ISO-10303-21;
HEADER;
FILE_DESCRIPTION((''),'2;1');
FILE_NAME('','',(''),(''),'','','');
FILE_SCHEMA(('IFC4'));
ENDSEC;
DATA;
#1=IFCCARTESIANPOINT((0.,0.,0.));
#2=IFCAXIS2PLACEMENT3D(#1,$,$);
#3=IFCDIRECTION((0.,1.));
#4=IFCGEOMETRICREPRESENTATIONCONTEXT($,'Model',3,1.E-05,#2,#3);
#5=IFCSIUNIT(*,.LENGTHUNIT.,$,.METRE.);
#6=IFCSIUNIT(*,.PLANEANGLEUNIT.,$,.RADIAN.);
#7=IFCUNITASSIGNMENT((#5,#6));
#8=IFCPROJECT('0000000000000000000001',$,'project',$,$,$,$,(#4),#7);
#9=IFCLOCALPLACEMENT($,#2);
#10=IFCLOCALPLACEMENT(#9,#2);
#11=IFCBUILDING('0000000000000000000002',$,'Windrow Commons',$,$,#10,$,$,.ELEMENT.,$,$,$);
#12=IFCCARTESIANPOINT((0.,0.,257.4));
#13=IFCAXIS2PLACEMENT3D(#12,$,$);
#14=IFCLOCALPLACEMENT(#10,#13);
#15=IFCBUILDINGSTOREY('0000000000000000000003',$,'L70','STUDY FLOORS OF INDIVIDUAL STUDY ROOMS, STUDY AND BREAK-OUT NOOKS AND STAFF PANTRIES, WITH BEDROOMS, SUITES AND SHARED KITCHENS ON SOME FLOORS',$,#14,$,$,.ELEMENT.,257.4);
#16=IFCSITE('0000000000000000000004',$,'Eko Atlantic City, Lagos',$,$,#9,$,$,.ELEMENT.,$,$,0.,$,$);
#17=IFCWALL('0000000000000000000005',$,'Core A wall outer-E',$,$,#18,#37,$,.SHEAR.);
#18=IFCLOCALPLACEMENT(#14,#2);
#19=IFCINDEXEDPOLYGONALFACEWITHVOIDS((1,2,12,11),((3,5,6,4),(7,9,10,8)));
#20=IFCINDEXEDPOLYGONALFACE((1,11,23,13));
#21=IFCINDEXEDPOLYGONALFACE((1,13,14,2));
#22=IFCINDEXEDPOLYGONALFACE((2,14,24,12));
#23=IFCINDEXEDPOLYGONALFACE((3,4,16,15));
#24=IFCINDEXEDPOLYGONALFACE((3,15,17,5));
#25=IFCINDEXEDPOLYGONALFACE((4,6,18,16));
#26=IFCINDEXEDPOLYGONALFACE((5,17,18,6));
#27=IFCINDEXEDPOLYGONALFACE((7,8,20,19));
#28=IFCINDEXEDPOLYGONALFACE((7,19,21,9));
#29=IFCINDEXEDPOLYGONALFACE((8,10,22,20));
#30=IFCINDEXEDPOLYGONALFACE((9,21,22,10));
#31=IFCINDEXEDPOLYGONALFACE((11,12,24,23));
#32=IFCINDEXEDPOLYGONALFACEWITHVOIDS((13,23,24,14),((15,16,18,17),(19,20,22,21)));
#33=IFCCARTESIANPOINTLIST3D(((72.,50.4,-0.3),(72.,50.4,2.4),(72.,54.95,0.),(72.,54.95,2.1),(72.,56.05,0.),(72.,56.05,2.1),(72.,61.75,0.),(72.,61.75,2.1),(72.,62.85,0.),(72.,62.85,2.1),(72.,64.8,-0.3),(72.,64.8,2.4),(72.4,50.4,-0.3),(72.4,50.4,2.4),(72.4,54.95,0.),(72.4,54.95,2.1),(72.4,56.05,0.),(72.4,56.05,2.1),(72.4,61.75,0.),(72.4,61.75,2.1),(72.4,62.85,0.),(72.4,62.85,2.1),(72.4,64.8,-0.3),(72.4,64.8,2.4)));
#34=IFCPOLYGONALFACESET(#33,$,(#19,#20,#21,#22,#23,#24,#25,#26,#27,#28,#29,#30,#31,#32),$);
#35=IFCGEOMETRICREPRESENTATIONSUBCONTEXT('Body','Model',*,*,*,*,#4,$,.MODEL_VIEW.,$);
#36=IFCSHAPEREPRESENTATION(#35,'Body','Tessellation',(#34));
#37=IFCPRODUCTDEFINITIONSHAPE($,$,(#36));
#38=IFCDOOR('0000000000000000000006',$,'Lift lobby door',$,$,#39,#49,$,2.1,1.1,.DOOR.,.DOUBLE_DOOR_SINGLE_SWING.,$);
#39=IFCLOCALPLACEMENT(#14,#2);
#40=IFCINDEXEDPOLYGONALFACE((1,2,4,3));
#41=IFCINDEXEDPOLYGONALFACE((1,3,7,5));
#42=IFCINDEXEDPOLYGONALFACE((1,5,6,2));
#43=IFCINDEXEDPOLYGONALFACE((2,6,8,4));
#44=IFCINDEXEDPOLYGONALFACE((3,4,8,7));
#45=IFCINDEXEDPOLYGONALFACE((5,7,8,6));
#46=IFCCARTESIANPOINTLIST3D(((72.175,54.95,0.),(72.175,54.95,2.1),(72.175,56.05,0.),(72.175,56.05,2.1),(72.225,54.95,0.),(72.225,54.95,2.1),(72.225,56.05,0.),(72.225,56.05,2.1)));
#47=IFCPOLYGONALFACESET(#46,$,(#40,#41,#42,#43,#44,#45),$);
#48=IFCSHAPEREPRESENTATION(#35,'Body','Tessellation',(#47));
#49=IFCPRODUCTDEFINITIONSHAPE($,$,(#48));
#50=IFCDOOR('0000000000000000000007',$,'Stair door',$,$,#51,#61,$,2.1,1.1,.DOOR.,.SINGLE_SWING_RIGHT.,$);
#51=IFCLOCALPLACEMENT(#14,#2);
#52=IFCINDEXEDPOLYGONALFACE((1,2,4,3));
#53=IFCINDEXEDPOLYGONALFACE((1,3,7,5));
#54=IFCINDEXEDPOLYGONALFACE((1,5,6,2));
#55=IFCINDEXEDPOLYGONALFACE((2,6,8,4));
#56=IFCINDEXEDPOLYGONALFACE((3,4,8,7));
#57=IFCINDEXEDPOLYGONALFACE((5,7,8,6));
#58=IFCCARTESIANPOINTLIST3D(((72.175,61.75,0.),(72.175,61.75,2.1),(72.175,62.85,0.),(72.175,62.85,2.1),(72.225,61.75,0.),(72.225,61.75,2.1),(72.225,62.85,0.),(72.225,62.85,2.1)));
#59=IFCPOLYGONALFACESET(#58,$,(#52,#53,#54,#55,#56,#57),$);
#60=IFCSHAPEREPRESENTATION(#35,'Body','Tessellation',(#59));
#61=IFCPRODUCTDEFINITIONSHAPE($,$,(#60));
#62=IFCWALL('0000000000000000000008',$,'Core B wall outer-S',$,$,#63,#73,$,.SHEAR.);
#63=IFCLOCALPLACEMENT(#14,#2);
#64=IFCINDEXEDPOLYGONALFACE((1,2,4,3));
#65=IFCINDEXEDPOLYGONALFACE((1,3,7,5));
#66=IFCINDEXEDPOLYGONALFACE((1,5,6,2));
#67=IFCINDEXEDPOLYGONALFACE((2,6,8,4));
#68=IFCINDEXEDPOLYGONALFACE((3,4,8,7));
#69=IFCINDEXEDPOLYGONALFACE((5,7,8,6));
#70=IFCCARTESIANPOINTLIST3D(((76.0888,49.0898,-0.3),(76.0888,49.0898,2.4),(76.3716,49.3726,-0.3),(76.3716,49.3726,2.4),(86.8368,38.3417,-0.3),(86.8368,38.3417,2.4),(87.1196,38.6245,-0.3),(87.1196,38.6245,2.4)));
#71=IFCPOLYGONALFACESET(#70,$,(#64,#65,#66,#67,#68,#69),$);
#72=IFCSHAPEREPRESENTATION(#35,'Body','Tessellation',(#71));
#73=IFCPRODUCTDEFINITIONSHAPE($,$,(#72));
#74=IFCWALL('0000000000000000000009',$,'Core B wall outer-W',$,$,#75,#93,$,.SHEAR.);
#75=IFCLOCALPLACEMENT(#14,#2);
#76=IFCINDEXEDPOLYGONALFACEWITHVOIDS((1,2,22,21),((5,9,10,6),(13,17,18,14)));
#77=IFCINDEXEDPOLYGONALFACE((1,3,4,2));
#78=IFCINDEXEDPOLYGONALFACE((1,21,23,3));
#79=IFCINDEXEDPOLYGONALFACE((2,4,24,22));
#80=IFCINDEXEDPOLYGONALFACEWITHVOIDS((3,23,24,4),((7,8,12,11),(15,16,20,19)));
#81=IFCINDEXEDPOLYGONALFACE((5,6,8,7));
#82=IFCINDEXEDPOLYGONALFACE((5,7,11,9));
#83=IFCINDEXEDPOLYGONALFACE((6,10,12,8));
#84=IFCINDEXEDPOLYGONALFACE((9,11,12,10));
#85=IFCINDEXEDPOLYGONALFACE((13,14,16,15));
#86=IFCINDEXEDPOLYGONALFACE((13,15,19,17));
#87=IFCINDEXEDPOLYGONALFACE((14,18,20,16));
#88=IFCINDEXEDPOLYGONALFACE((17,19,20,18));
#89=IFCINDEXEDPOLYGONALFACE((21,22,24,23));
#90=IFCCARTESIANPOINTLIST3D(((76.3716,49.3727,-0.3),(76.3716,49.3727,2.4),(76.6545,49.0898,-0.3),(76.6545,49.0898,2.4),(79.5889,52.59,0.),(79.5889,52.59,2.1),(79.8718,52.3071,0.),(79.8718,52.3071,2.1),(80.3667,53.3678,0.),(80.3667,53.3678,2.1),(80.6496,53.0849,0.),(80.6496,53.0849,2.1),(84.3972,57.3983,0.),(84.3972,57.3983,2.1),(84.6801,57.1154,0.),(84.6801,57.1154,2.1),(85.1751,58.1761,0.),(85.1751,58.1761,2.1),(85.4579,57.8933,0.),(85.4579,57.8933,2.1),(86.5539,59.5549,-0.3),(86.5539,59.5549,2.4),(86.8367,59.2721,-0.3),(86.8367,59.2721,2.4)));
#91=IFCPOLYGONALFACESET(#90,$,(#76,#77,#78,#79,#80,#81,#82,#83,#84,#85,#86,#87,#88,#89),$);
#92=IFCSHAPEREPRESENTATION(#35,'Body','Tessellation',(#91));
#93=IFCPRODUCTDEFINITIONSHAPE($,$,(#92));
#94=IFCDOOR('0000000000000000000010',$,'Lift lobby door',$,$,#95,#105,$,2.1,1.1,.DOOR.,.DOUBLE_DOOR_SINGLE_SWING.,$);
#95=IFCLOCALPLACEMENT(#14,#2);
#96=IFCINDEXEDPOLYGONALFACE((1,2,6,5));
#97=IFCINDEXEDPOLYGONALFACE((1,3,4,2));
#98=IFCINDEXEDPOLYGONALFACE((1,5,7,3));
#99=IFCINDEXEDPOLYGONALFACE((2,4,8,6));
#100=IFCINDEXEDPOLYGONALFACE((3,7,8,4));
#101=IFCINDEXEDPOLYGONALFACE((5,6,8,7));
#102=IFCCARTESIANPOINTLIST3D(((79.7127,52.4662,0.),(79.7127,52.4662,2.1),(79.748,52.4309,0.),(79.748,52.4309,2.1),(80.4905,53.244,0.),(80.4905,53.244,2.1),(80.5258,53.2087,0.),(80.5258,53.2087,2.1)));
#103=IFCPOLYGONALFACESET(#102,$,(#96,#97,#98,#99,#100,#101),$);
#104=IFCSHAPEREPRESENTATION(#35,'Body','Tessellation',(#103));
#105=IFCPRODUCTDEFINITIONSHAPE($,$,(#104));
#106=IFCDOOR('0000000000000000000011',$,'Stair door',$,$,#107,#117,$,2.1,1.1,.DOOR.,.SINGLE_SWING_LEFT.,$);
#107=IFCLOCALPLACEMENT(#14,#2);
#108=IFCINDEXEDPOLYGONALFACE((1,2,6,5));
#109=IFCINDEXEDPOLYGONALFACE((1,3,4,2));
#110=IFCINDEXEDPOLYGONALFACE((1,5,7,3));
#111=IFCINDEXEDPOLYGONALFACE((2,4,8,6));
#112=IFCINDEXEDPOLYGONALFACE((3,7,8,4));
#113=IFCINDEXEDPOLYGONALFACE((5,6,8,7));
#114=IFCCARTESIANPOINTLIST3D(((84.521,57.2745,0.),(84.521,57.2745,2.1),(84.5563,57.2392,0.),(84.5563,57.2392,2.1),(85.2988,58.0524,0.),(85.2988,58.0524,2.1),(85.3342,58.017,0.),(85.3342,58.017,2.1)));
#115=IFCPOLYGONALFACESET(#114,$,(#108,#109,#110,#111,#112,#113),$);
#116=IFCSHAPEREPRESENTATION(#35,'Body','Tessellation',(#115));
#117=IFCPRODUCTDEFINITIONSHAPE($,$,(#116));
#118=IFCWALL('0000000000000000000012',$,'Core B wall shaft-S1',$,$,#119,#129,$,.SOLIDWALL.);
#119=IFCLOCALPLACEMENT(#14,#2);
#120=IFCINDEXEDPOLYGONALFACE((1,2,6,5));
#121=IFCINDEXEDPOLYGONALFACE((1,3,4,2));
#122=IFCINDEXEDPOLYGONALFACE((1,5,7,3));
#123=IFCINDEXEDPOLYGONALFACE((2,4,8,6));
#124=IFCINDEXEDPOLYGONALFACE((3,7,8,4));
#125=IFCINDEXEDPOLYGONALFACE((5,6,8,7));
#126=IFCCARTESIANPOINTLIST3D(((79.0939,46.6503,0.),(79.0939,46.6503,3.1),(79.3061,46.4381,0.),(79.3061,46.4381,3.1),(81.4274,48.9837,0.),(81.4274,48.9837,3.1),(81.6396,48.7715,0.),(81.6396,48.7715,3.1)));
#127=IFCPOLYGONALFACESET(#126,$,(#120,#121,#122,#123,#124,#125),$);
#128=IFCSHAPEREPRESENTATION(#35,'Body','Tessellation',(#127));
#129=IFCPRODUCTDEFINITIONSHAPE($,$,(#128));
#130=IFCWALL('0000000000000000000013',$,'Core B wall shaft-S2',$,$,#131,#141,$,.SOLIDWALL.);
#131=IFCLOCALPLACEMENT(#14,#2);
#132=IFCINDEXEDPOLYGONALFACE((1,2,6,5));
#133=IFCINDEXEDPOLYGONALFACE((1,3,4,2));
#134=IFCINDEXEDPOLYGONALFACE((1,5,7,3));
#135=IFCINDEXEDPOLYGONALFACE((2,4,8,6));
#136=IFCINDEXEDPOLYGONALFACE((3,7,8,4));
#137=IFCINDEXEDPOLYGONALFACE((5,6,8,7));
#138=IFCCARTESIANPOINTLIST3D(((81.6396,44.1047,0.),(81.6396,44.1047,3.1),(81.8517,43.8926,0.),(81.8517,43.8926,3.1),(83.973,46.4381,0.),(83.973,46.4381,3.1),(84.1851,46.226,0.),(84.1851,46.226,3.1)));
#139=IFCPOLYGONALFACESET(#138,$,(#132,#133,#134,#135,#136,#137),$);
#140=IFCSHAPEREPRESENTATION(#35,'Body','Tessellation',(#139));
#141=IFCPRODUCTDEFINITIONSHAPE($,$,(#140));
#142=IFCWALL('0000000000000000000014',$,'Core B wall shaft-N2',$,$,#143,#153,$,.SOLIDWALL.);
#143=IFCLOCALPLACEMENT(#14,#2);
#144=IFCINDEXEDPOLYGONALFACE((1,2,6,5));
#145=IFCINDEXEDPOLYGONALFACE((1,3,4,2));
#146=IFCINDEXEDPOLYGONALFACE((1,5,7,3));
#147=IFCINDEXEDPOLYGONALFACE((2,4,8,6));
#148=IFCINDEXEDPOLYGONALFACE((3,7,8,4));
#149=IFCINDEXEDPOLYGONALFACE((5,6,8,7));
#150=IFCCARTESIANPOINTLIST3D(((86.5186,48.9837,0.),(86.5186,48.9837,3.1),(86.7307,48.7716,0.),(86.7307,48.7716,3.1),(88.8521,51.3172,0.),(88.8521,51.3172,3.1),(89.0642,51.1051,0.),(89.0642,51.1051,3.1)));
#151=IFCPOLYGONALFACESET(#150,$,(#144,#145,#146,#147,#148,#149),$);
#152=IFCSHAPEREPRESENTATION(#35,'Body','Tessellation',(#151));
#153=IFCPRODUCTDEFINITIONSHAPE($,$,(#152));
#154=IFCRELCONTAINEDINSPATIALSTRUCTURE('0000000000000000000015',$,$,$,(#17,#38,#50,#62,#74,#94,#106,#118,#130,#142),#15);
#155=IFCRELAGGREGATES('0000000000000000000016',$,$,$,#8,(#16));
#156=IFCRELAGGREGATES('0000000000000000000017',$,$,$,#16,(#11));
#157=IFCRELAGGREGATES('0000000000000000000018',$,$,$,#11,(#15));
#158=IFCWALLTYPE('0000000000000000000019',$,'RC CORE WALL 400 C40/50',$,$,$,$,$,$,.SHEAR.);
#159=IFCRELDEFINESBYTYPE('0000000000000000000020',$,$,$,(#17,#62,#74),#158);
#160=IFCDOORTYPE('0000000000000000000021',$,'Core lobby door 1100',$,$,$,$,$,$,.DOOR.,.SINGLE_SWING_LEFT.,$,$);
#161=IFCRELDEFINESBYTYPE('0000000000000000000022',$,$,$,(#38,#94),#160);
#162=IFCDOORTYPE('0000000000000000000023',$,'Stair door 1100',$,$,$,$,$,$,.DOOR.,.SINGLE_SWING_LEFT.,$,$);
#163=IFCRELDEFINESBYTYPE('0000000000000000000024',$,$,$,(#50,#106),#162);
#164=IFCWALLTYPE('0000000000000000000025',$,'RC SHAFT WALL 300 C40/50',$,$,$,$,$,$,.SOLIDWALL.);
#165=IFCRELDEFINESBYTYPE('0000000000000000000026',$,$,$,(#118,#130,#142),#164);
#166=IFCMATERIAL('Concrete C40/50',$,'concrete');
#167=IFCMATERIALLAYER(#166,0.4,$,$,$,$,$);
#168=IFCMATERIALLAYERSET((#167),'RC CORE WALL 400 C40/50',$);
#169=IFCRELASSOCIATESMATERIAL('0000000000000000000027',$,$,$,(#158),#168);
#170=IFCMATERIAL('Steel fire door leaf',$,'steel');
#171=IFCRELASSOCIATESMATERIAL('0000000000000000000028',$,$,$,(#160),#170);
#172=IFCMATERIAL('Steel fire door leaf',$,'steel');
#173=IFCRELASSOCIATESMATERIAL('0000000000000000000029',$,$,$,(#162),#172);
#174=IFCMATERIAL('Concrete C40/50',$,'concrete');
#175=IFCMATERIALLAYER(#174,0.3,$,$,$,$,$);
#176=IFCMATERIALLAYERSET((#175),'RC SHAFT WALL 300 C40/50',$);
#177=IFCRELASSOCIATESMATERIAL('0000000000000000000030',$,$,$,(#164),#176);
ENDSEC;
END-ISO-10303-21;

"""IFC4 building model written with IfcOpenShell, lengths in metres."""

from ifc_helpers import new_model, si_unit, direction, frame, frame_2d, origin, place, context, subcontext, project, spatial, rectangle, extrude, material, layer, layer_set, type_object, element, fill, save


model = new_model("IFC4")

# Units and contexts
model_context = context("Model", 3, precision=1e-05, world=origin(), true_north=direction((0.0, 1.0)))
body_context = subcontext(model_context, "Body", "Model", "MODEL_VIEW")
ifc_project = project(units=[si_unit("LENGTHUNIT", "METRE"), si_unit("PLANEANGLEUNIT", "RADIAN")], contexts=[model_context])

# Site, building, storey
site_placement = place(None, origin())
site = spatial("IfcSite", under=ifc_project, at=site_placement, Name="Eko Atlantic City, Lagos", CompositionType="ELEMENT", RefElevation=0.0)
building_placement = place(site_placement, origin())
building = spatial("IfcBuilding", under=site, at=building_placement, Name="Windrow Commons", CompositionType="ELEMENT")
storey_placement = place(building_placement, frame((0.0, 0.0, 257.4)))
storey = spatial("IfcBuildingStorey", under=building, at=storey_placement, Name="L70", Description="STUDY FLOORS OF INDIVIDUAL STUDY ROOMS, STUDY AND BREAK-OUT NOOKS AND STAFF PANTRIES, WITH BEDROOMS, SUITES AND SHARED KITCHENS ON SOME FLOORS", CompositionType="ELEMENT", Elevation=257.4)

# Wall, openings, doors
ifc_material_1 = material(Name="Concrete C40/50", Category="concrete")
ifc_layer_1 = layer(ifc_material_1, 0.4)
ifc_layer_set_1 = layer_set([ifc_layer_1], Name="RC CORE WALL 400 C40/50")
wall_type_1 = type_object("IfcWallType", Name="RC CORE WALL 400 C40/50", PredefinedType="SHEAR", material=ifc_layer_set_1)
wall_1_placement = place(storey_placement, frame((72.2, 50.4, -0.3), z_axis=(0.0, 0.0, 1.0), x_axis=(0.0, 1.0, 0.0)))
wall_1 = element("IfcWall", 1, at=wall_1_placement, inside=storey, type_object=wall_type_1, Name="Core A wall outer-E", PredefinedType="SHEAR", context=body_context, shape_type="SweptSolid", body=[
    extrude(rectangle(XDim=14.4, YDim=0.4, at=frame_2d((7.2, 0.0))), origin(), (0.0, 0.0, 1.0), 2.7),
])
opening_1_placement = place(wall_1_placement, frame((4.55, 0.0, 0.3)))
opening_1 = element("IfcOpeningElement", 2, at=opening_1_placement, cuts=wall_1, PredefinedType="OPENING", context=body_context, shape_type="SweptSolid", body=[
    extrude(rectangle(XDim=1.1, YDim=2.1, at=frame_2d((0.55, 1.05))), frame((0.0, 0.21, 0.0), z_axis=(0.0, -1.0, 0.0), x_axis=(1.0, 0.0, 0.0)), (0.0, 0.0, 1.0), 0.42),
])
opening_2_placement = place(wall_1_placement, frame((11.35, 0.0, 0.3)))
opening_2 = element("IfcOpeningElement", 3, at=opening_2_placement, cuts=wall_1, PredefinedType="OPENING", context=body_context, shape_type="SweptSolid", body=[
    extrude(rectangle(XDim=1.1, YDim=2.1, at=frame_2d((0.55, 1.05))), frame((0.0, 0.21, 0.0), z_axis=(0.0, -1.0, 0.0), x_axis=(1.0, 0.0, 0.0)), (0.0, 0.0, 1.0), 0.42),
])
ifc_material_2 = material(Name="Steel fire door leaf", Category="steel")
door_type_1 = type_object("IfcDoorType", Name="Core lobby door 1100", OperationType="SINGLE_SWING_LEFT", PredefinedType="DOOR", material=ifc_material_2)
door_1_placement = place(opening_1_placement, origin())
door_1 = element("IfcDoor", 4, at=door_1_placement, inside=storey, type_object=door_type_1, Name="Lift lobby door", OperationType="DOUBLE_DOOR_SINGLE_SWING", OverallHeight=2.1, OverallWidth=1.1, PredefinedType="DOOR", context=body_context, shape_type="SweptSolid", body=[
    extrude(rectangle(XDim=1.1, YDim=2.1, at=frame_2d((0.55, 1.05))), frame((0.0, 0.025, 0.0), z_axis=(0.0, -1.0, 0.0), x_axis=(1.0, 0.0, 0.0)), (0.0, 0.0, 1.0), 0.05),
])
fill(opening_1, door_1)
ifc_material_3 = material(Name="Steel fire door leaf", Category="steel")
door_type_2 = type_object("IfcDoorType", Name="Stair door 1100", OperationType="SINGLE_SWING_LEFT", PredefinedType="DOOR", material=ifc_material_3)
door_2_placement = place(opening_2_placement, origin())
door_2 = element("IfcDoor", 5, at=door_2_placement, inside=storey, type_object=door_type_2, Name="Stair door", OperationType="SINGLE_SWING_RIGHT", OverallHeight=2.1, OverallWidth=1.1, PredefinedType="DOOR", context=body_context, shape_type="SweptSolid", body=[
    extrude(rectangle(XDim=1.1, YDim=2.1, at=frame_2d((0.55, 1.05))), frame((0.0, 0.025, 0.0), z_axis=(0.0, -1.0, 0.0), x_axis=(1.0, 0.0, 0.0)), (0.0, 0.0, 1.0), 0.05),
])
fill(opening_2, door_2)

# Wall
wall_2_placement = place(storey_placement, frame((76.2302, 49.2312, -0.3), z_axis=(0.0, 0.0, 1.0), x_axis=(0.707103, -0.70711, 0.0)))
element("IfcWall", 6, at=wall_2_placement, inside=storey, type_object=wall_type_1, Name="Core B wall outer-S", PredefinedType="SHEAR", context=body_context, shape_type="SweptSolid", body=[
    extrude(rectangle(XDim=15.2, YDim=0.4, at=frame_2d((7.6, 0.0))), origin(), (0.0, 0.0, 1.0), 2.7),
])

# Wall, openings, doors
wall_3_placement = place(storey_placement, frame((76.513, 49.2312, -0.3), z_axis=(0.0, 0.0, 1.0), x_axis=(0.707107, 0.707107, 0.0)))
wall_3 = element("IfcWall", 7, at=wall_3_placement, inside=storey, type_object=wall_type_1, Name="Core B wall outer-W", PredefinedType="SHEAR", context=body_context, shape_type="SweptSolid", body=[
    extrude(rectangle(XDim=14.3999, YDim=0.4, at=frame_2d((7.2, 0.0))), origin(), (0.0, 0.0, 1.0), 2.7),
])
opening_3_placement = place(wall_3_placement, frame((4.55, 0.0, 0.3)))
opening_3 = element("IfcOpeningElement", 8, at=opening_3_placement, cuts=wall_3, PredefinedType="OPENING", context=body_context, shape_type="SweptSolid", body=[
    extrude(rectangle(XDim=1.1, YDim=2.1, at=frame_2d((0.55, 1.05))), frame((0.0, 0.21, 0.0), z_axis=(0.0, -1.0, 0.0), x_axis=(1.0, 0.0, 0.0)), (0.0, 0.0, 1.0), 0.42),
])
opening_4_placement = place(wall_3_placement, frame((11.35, 0.0, 0.3)))
opening_4 = element("IfcOpeningElement", 9, at=opening_4_placement, cuts=wall_3, PredefinedType="OPENING", context=body_context, shape_type="SweptSolid", body=[
    extrude(rectangle(XDim=1.1, YDim=2.1, at=frame_2d((0.55, 1.05))), frame((0.0, 0.21, 0.0), z_axis=(0.0, -1.0, 0.0), x_axis=(1.0, 0.0, 0.0)), (0.0, 0.0, 1.0), 0.42),
])
door_3_placement = place(opening_3_placement, origin())
door_3 = element("IfcDoor", 10, at=door_3_placement, inside=storey, type_object=door_type_1, Name="Lift lobby door", OperationType="DOUBLE_DOOR_SINGLE_SWING", OverallHeight=2.1, OverallWidth=1.1, PredefinedType="DOOR", context=body_context, shape_type="SweptSolid", body=[
    extrude(rectangle(XDim=1.1, YDim=2.1, at=frame_2d((0.55, 1.05))), frame((0.0, 0.025, 0.0), z_axis=(0.0, -1.0, 0.0), x_axis=(1.0, 0.0, 0.0)), (0.0, 0.0, 1.0), 0.05),
])
fill(opening_3, door_3)
door_4_placement = place(opening_4_placement, origin())
door_4 = element("IfcDoor", 11, at=door_4_placement, inside=storey, type_object=door_type_2, Name="Stair door", OperationType="SINGLE_SWING_LEFT", OverallHeight=2.1, OverallWidth=1.1, PredefinedType="DOOR", context=body_context, shape_type="SweptSolid", body=[
    extrude(rectangle(XDim=1.1, YDim=2.1, at=frame_2d((0.55, 1.05))), frame((0.0, 0.025, 0.0), z_axis=(0.0, -1.0, 0.0), x_axis=(1.0, 0.0, 0.0)), (0.0, 0.0, 1.0), 0.05),
])
fill(opening_4, door_4)

# Walls
ifc_material_4 = material(Name="Concrete C40/50", Category="concrete")
ifc_layer_2 = layer(ifc_material_4, 0.3)
ifc_layer_set_2 = layer_set([ifc_layer_2], Name="RC SHAFT WALL 300 C40/50")
wall_type_2 = type_object("IfcWallType", Name="RC SHAFT WALL 300 C40/50", PredefinedType="SOLIDWALL", material=ifc_layer_set_2)
wall_4_placement = place(storey_placement, frame((79.2, 46.5442, 0.0), z_axis=(0.0, 0.0, 1.0), x_axis=(0.707122, 0.707092, 0.0)))
element("IfcWall", 12, at=wall_4_placement, inside=storey, type_object=wall_type_2, Name="Core B wall shaft-S1", PredefinedType="SOLIDWALL", context=body_context, shape_type="SweptSolid", body=[
    extrude(rectangle(XDim=3.3, YDim=0.3, at=frame_2d((1.65, 0.0))), origin(), (0.0, 0.0, 1.0), 3.1),
])
wall_5_placement = place(storey_placement, frame((81.7456, 43.9986, 0.0), z_axis=(0.0, 0.0, 1.0), x_axis=(0.707107, 0.707107, 0.0)))
element("IfcWall", 13, at=wall_5_placement, inside=storey, type_object=wall_type_2, Name="Core B wall shaft-S2", PredefinedType="SOLIDWALL", context=body_context, shape_type="SweptSolid", body=[
    extrude(rectangle(XDim=3.2999, YDim=0.3, at=frame_2d((1.65, 0.0))), origin(), (0.0, 0.0, 1.0), 3.1),
])
wall_6_placement = place(storey_placement, frame((86.6246, 48.8776, 0.0), z_axis=(0.0, 0.0, 1.0), x_axis=(0.707107, 0.707107, 0.0)))
element("IfcWall", 14, at=wall_6_placement, inside=storey, type_object=wall_type_2, Name="Core B wall shaft-N2", PredefinedType="SOLIDWALL", context=body_context, shape_type="SweptSolid", body=[
    extrude(rectangle(XDim=3.3001, YDim=0.3, at=frame_2d((1.6501, 0.0))), origin(), (0.0, 0.0, 1.0), 3.1),
])

save(model, "model.ifc")
